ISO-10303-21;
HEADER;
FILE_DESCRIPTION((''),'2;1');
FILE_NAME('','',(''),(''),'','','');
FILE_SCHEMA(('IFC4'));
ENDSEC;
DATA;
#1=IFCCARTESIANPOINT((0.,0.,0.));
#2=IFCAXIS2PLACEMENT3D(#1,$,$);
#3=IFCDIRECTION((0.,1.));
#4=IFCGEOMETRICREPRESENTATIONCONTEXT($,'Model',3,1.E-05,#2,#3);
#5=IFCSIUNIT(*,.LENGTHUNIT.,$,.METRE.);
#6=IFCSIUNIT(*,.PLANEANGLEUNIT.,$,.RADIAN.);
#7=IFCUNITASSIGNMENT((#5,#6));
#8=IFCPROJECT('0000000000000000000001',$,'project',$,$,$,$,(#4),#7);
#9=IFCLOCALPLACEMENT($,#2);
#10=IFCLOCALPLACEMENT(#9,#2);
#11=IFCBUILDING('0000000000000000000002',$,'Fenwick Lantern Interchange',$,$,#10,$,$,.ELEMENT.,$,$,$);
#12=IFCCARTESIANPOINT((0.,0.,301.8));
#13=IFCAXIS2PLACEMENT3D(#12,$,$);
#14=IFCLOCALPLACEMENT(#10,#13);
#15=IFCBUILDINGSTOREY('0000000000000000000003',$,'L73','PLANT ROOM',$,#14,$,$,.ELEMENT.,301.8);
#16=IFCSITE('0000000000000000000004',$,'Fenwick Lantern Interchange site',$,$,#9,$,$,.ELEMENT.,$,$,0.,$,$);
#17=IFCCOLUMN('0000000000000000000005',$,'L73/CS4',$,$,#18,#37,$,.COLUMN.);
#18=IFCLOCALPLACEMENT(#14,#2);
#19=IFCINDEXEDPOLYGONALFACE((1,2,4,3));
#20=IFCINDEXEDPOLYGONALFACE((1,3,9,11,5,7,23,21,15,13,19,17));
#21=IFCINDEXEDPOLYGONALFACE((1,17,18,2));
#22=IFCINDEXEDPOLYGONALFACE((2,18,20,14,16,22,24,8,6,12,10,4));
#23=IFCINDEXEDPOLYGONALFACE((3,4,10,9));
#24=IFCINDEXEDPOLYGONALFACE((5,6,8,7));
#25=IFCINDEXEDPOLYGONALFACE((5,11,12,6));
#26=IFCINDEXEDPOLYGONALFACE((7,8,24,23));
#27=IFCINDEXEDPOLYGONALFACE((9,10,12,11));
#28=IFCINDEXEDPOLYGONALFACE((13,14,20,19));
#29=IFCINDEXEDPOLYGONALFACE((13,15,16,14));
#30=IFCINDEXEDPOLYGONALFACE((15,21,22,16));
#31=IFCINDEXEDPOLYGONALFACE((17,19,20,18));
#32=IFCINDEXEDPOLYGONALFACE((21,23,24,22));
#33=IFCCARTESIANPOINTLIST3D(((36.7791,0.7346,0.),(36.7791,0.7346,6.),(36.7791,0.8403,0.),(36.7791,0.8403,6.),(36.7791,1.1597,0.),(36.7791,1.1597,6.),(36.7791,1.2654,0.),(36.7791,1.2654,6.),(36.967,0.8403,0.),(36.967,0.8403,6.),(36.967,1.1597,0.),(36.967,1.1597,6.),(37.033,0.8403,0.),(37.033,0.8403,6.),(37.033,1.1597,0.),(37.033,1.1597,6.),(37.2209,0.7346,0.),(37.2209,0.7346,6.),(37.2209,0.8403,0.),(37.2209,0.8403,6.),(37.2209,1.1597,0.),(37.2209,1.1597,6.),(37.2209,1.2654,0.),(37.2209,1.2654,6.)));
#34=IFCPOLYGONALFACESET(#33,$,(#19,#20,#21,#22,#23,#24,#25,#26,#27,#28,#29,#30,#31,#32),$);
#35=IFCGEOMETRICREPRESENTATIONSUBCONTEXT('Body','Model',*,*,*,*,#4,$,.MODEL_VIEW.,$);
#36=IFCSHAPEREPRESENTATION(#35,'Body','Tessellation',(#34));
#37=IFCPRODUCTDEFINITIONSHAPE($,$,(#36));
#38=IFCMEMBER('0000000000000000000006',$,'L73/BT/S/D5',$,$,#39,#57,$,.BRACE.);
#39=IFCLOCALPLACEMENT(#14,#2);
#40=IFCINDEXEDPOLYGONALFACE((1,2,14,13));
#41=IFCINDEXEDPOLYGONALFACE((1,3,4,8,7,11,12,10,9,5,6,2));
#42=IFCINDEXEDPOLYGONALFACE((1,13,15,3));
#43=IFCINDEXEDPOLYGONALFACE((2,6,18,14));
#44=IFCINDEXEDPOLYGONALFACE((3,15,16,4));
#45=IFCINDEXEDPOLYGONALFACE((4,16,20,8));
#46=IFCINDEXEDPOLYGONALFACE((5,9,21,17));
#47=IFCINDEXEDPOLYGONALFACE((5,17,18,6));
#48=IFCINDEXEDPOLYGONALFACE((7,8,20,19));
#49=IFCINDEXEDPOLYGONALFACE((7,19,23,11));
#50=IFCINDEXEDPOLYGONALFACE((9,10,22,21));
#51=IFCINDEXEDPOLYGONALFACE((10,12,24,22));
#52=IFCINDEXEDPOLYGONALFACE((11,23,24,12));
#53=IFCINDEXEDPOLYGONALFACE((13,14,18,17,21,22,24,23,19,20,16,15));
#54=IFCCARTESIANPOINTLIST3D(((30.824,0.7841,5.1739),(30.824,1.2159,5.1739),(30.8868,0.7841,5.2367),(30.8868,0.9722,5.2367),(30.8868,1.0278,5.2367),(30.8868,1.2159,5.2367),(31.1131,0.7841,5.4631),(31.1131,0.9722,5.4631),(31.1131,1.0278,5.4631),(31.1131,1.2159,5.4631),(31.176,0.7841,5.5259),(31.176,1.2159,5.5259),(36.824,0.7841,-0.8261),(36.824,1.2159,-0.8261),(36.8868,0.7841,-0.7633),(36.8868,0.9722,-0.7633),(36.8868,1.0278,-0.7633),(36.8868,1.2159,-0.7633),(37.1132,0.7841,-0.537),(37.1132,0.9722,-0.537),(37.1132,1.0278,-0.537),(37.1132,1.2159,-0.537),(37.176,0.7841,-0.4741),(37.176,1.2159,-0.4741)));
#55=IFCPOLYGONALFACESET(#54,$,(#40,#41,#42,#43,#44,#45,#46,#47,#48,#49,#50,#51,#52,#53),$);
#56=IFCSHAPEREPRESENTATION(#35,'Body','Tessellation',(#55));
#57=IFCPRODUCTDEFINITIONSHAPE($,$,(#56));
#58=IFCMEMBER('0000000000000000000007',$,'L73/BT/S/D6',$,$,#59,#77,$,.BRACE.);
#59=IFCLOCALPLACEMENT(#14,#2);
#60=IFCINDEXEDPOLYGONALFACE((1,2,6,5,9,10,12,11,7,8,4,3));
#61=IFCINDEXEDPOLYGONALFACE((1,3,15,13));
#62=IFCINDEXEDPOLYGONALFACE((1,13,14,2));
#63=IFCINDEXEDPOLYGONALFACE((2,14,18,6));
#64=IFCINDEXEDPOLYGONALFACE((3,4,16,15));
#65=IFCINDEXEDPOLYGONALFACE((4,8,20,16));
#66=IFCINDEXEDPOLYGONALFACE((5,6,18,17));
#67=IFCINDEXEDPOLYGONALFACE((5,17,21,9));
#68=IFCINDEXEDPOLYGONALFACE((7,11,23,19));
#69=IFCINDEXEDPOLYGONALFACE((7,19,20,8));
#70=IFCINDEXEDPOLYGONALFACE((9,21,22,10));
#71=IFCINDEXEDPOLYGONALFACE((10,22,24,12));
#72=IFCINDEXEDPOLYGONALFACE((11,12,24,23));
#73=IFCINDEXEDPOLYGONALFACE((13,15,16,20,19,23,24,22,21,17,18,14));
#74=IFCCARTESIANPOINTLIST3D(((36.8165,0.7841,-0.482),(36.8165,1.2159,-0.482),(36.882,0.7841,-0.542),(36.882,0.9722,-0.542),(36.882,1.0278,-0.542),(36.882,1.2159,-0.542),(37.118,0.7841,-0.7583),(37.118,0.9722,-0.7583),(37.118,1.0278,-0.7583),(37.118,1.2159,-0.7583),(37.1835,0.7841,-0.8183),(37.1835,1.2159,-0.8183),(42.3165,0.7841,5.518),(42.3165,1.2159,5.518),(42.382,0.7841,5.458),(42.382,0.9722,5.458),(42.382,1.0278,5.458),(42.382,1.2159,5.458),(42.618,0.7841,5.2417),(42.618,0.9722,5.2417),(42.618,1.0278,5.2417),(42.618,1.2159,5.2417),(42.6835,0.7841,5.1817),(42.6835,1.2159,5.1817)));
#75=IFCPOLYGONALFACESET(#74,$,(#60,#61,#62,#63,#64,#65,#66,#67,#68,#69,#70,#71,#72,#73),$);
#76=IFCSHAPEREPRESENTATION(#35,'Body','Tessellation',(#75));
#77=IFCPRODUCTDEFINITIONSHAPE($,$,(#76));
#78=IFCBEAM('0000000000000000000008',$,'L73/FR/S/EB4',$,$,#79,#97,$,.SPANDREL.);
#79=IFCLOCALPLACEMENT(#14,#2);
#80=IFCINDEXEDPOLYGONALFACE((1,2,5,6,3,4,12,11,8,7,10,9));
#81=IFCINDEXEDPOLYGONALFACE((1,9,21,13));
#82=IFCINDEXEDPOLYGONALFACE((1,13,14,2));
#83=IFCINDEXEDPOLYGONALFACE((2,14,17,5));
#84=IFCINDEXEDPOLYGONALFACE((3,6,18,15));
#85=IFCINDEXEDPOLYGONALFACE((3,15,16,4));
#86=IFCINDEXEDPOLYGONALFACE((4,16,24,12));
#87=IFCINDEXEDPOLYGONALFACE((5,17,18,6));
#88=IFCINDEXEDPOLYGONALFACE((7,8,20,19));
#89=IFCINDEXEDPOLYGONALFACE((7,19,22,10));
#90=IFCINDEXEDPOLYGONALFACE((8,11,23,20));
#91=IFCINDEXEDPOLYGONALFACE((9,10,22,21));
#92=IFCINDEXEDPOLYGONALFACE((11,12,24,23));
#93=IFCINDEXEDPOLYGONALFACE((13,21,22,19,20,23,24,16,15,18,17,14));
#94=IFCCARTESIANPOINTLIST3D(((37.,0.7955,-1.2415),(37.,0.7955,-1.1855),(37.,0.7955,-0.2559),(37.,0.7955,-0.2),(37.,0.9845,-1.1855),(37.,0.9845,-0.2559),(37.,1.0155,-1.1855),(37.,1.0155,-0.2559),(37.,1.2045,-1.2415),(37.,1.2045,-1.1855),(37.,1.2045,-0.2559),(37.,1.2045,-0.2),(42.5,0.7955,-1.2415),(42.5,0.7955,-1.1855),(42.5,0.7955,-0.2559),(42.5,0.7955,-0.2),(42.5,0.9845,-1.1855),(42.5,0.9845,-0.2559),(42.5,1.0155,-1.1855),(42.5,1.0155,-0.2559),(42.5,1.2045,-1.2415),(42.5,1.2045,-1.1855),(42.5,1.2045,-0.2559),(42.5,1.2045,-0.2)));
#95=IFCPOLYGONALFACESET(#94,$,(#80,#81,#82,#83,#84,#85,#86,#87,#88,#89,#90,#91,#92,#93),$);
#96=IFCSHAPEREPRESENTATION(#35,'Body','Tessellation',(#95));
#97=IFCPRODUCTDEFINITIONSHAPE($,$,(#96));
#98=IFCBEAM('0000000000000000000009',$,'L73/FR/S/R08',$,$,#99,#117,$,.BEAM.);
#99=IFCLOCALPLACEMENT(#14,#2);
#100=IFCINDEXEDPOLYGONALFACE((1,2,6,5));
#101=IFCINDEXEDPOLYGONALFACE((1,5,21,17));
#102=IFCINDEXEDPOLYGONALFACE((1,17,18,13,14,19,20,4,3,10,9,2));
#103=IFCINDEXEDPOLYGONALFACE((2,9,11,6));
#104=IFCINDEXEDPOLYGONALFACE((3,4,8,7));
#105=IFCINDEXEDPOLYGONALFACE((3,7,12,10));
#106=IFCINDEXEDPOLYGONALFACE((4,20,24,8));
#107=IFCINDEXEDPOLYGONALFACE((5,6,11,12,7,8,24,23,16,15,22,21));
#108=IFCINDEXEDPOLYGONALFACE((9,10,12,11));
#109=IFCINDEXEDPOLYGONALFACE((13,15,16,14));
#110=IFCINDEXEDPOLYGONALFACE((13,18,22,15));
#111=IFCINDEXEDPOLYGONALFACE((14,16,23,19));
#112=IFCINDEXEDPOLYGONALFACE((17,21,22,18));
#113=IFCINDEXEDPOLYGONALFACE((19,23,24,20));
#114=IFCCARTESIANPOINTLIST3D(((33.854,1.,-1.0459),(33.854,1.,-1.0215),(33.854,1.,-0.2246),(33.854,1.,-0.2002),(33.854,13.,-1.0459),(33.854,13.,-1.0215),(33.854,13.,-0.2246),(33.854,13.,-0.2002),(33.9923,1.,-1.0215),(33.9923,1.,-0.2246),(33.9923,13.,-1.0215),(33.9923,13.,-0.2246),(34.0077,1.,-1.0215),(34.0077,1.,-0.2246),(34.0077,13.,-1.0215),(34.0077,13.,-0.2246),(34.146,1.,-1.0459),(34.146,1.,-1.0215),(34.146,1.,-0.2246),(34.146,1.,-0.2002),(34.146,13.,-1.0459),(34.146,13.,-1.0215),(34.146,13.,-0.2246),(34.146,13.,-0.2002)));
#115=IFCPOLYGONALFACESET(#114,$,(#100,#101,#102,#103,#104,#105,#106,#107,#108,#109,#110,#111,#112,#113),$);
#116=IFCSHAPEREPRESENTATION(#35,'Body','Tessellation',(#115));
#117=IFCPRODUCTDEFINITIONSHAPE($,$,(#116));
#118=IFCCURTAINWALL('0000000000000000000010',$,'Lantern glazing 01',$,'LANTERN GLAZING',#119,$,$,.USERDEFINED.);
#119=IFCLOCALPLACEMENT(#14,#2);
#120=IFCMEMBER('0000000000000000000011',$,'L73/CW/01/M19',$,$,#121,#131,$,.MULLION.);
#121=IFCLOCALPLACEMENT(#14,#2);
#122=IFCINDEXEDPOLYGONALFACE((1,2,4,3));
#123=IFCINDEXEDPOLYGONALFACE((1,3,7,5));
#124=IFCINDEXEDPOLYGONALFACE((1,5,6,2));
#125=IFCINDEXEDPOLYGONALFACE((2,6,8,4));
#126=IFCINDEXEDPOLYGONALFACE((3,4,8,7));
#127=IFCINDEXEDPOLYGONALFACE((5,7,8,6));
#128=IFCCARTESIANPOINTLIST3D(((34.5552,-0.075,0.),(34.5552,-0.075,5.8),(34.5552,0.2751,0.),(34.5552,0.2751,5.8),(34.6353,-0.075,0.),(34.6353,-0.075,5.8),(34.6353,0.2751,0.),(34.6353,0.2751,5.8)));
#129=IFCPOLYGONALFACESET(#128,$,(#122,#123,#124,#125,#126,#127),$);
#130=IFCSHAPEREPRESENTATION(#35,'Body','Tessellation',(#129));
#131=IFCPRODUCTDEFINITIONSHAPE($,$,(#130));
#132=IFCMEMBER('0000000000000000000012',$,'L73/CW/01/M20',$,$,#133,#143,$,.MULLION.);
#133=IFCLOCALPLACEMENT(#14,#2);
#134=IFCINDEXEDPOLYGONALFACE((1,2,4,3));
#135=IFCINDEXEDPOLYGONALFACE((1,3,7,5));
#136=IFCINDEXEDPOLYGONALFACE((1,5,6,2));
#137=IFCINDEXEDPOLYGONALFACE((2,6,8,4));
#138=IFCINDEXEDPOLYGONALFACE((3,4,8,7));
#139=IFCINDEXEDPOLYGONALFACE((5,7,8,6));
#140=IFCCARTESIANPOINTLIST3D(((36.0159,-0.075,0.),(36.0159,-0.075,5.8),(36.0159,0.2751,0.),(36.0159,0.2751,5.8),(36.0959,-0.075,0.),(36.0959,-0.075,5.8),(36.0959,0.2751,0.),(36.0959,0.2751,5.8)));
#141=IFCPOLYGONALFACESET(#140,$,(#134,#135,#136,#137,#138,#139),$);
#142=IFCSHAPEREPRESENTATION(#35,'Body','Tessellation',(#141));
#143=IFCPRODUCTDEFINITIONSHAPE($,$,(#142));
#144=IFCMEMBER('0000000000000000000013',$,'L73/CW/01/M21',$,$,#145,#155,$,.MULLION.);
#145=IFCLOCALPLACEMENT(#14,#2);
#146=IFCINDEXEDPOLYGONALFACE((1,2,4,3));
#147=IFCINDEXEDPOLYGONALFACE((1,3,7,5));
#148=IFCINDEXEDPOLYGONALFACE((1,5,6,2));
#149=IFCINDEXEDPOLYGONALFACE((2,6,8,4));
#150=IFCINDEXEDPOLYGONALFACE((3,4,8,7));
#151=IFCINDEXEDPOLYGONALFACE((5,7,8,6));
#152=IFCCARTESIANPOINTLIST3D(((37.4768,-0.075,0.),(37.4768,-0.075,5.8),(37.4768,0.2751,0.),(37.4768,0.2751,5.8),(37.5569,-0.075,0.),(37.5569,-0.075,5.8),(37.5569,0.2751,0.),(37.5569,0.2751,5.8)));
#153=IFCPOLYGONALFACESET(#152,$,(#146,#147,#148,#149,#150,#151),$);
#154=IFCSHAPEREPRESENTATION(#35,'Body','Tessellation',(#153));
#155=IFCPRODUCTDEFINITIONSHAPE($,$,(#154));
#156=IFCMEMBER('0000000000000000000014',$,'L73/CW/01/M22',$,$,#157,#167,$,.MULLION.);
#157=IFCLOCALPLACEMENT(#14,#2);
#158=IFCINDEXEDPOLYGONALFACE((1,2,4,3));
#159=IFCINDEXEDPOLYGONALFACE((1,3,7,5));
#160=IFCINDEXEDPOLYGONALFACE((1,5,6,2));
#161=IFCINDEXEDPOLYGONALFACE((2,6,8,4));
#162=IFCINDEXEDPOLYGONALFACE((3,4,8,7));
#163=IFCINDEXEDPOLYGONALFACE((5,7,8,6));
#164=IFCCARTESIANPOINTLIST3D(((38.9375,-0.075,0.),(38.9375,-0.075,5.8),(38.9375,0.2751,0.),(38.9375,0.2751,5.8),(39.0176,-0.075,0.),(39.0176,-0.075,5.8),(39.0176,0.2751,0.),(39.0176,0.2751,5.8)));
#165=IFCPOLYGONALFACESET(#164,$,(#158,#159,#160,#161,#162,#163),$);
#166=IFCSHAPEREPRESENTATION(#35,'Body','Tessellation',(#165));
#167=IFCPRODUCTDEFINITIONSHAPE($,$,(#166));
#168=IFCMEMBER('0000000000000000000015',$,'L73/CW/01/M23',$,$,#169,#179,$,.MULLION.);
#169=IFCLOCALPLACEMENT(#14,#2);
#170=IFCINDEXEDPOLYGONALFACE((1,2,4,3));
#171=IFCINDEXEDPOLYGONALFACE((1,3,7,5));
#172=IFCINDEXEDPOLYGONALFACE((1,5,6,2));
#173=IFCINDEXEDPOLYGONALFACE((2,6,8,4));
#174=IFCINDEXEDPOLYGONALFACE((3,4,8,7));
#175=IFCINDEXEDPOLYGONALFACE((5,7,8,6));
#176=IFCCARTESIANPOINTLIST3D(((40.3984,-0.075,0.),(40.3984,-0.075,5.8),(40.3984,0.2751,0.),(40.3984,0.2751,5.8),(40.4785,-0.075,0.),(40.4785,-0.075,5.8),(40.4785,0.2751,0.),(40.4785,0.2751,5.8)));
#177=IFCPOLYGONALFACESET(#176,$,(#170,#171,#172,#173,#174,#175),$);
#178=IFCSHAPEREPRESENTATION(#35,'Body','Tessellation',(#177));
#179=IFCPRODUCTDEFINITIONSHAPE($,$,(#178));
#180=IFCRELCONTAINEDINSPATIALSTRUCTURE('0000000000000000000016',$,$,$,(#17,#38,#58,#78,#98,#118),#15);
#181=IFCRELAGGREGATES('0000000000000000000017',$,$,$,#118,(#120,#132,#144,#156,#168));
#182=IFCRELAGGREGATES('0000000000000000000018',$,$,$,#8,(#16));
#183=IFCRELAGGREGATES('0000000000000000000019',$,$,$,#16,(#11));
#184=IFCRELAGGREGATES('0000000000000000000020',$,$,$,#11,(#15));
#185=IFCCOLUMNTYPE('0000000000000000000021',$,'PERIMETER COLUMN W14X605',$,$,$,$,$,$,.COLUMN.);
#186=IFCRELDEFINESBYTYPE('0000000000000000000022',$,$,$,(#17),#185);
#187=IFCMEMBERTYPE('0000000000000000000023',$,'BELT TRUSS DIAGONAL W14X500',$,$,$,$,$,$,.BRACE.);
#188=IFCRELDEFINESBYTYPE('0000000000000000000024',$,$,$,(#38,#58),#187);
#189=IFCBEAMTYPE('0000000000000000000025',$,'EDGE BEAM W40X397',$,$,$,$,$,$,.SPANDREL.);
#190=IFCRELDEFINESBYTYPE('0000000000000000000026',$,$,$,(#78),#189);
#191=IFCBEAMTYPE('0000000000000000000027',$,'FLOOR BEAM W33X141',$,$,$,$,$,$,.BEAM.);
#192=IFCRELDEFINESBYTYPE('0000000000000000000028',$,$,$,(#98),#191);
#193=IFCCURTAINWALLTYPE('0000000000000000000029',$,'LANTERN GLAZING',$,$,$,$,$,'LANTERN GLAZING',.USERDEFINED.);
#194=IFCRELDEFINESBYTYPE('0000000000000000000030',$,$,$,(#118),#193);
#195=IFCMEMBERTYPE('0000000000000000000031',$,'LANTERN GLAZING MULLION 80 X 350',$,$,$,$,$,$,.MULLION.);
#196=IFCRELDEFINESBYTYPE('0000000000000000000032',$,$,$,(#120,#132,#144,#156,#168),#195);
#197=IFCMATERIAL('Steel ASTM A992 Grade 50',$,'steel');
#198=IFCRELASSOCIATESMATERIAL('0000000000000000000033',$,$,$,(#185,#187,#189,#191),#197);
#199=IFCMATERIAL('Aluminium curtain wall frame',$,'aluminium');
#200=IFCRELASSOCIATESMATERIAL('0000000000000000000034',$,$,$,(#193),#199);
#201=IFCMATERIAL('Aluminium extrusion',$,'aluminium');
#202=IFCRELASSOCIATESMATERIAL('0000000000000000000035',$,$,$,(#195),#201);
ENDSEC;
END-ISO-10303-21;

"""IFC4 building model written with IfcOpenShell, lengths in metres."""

from ifc_helpers import new_model, si_unit, direction, frame, origin, origin_2d, place, context, subcontext, project, spatial, rectangle, i_section, extrude, material, material_profile, profile_set, type_object, element, aggregate, save


model = new_model("IFC4")

# Units and contexts
model_context = context("Model", 3, precision=1e-05, world=origin(), true_north=direction((0.0, 1.0)))
body_context = subcontext(model_context, "Body", "Model", "MODEL_VIEW")
ifc_project = project(units=[si_unit("LENGTHUNIT", "METRE"), si_unit("PLANEANGLEUNIT", "RADIAN")], contexts=[model_context])

# Site, building, storey
site_placement = place(None, origin())
site = spatial("IfcSite", under=ifc_project, at=site_placement, Name="Fenwick Lantern Interchange site", CompositionType="ELEMENT", RefElevation=0.0)
building_placement = place(site_placement, origin())
building = spatial("IfcBuilding", under=site, at=building_placement, Name="Fenwick Lantern Interchange", CompositionType="ELEMENT")
storey_placement = place(building_placement, frame((0.0, 0.0, 301.8)))
storey = spatial("IfcBuildingStorey", under=building, at=storey_placement, Name="L73", Description="PLANT ROOM", CompositionType="ELEMENT", Elevation=301.8)

# Column
ifc_material_1 = material(Name="Steel ASTM A992 Grade 50", Category="steel")
ifc_material_profile_1 = material_profile(ifc_material_1, i_section(OverallWidth=0.4419, OverallDepth=0.5308, WebThickness=0.0659, FlangeThickness=0.1057, at=origin_2d()), Name="W14X605")
ifc_profile_set_1 = profile_set([ifc_material_profile_1], Name="Steel ASTM A992 Grade 50")
column_type = type_object("IfcColumnType", Name="PERIMETER COLUMN W14X605", PredefinedType="COLUMN", material=ifc_profile_set_1)
column_placement = place(storey_placement, frame((37.0, 1.0, 0.0), z_axis=(0.0, 0.0, 1.0), x_axis=(1.0, 0.0, 0.0)))
element("IfcColumn", 1, at=column_placement, inside=storey, type_object=column_type, Name="L73/CS4", PredefinedType="COLUMN", context=body_context, shape_type="SweptSolid", body=[
    extrude(i_section(OverallWidth=0.4419, OverallDepth=0.5308, WebThickness=0.0659, FlangeThickness=0.1057, at=origin_2d()), origin(), (0.0, 0.0, 1.0), 6.0),
])

# Members
ifc_material_profile_2 = material_profile(ifc_material_1, i_section(OverallWidth=0.4319, OverallDepth=0.4978, WebThickness=0.0557, FlangeThickness=0.0889, at=origin_2d()), Name="W14X500")
ifc_profile_set_2 = profile_set([ifc_material_profile_2], Name="Steel ASTM A992 Grade 50")
member_type_1 = type_object("IfcMemberType", Name="BELT TRUSS DIAGONAL W14X500", PredefinedType="BRACE", material=ifc_profile_set_2)
member_1_placement = place(storey_placement, frame((37.0, 1.0, -0.6501), z_axis=(-0.707107, 0.0, 0.707107), x_axis=(0.0, -1.0, 0.0)))
element("IfcMember", 2, at=member_1_placement, inside=storey, type_object=member_type_1, Name="L73/BT/S/D5", PredefinedType="BRACE", context=body_context, shape_type="SweptSolid", body=[
    extrude(i_section(OverallWidth=0.4319, OverallDepth=0.4978, WebThickness=0.0557, FlangeThickness=0.0889, at=origin_2d()), origin(), (0.0, 0.0, 1.0), 8.4854),
])
member_2_placement = place(storey_placement, frame((37.0, 1.0, -0.6501), z_axis=(0.675725, 0.0, 0.737154), x_axis=(0.0, 1.0, 0.0)))
element("IfcMember", 3, at=member_2_placement, inside=storey, type_object=member_type_1, Name="L73/BT/S/D6", PredefinedType="BRACE", context=body_context, shape_type="SweptSolid", body=[
    extrude(i_section(OverallWidth=0.4319, OverallDepth=0.4978, WebThickness=0.0557, FlangeThickness=0.0889, at=origin_2d()), origin(), (0.0, 0.0, 1.0), 8.1394),
])

# Beams
ifc_material_profile_3 = material_profile(ifc_material_1, i_section(OverallWidth=0.4089, OverallDepth=1.0415, WebThickness=0.031, FlangeThickness=0.0559, at=origin_2d()), Name="W40X397")
ifc_profile_set_3 = profile_set([ifc_material_profile_3], Name="Steel ASTM A992 Grade 50")
beam_type_1 = type_object("IfcBeamType", Name="EDGE BEAM W40X397", PredefinedType="SPANDREL", material=ifc_profile_set_3)
beam_1_placement = place(storey_placement, frame((37.0, 1.0, -0.7207), z_axis=(1.0, 0.0, 0.0), x_axis=(0.0, 1.0, 0.0)))
element("IfcBeam", 4, at=beam_1_placement, inside=storey, type_object=beam_type_1, Name="L73/FR/S/EB4", PredefinedType="SPANDREL", context=body_context, shape_type="SweptSolid", body=[
    extrude(i_section(OverallWidth=0.4089, OverallDepth=1.0415, WebThickness=0.031, FlangeThickness=0.0559, at=origin_2d()), origin(), (0.0, 0.0, 1.0), 5.5),
])
ifc_material_profile_4 = material_profile(ifc_material_1, i_section(OverallWidth=0.292, OverallDepth=0.8457, WebThickness=0.0154, FlangeThickness=0.0244, at=origin_2d()), Name="W33X141")
ifc_profile_set_4 = profile_set([ifc_material_profile_4], Name="Steel ASTM A992 Grade 50")
beam_type_2 = type_object("IfcBeamType", Name="FLOOR BEAM W33X141", PredefinedType="BEAM", material=ifc_profile_set_4)
beam_2_placement = place(storey_placement, frame((34.0, 1.0, -0.623), z_axis=(0.0, 1.0, 0.0), x_axis=(-1.0, 0.0, 0.0)))
element("IfcBeam", 5, at=beam_2_placement, inside=storey, type_object=beam_type_2, Name="L73/FR/S/R08", PredefinedType="BEAM", context=body_context, shape_type="SweptSolid", body=[
    extrude(i_section(OverallWidth=0.292, OverallDepth=0.8457, WebThickness=0.0154, FlangeThickness=0.0244, at=origin_2d()), origin(), (0.0, 0.0, 1.0), 12.0),
])

# Curtain wall, members
ifc_material_2 = material(Name="Aluminium curtain wall frame", Category="aluminium")
curtain_wall_type = type_object("IfcCurtainWallType", Name="LANTERN GLAZING", ElementType="LANTERN GLAZING", PredefinedType="USERDEFINED", material=ifc_material_2)
curtain_wall_1_placement = place(storey_placement, origin())
curtain_wall_1 = element("IfcCurtainWall", 6, at=curtain_wall_1_placement, inside=storey, type_object=curtain_wall_type, Name="Lantern glazing 01", ObjectType="LANTERN GLAZING", PredefinedType="USERDEFINED")
ifc_material_3 = material(Name="Aluminium extrusion", Category="aluminium")
ifc_material_profile_5 = material_profile(ifc_material_3, rectangle(XDim=0.3501, YDim=0.0801, at=origin_2d()), Name="LANTERN GLAZING MULLION 80 X 350")
ifc_profile_set_5 = profile_set([ifc_material_profile_5], Name="Aluminium extrusion")
member_type_2 = type_object("IfcMemberType", Name="LANTERN GLAZING MULLION 80 X 350", PredefinedType="MULLION", material=ifc_profile_set_5)
member_3_placement = place(storey_placement, frame((34.5952, 0.1001, 0.0), z_axis=(0.0, 0.0, 1.0), x_axis=(0.0, 1.0, 0.0)))
member_3 = element("IfcMember", 7, at=member_3_placement, type_object=member_type_2, Name="L73/CW/01/M19", PredefinedType="MULLION", context=body_context, shape_type="SweptSolid", body=[
    extrude(rectangle(XDim=0.3501, YDim=0.0801, at=origin_2d()), origin(), (0.0, 0.0, 1.0), 5.8),
])
member_4_placement = place(storey_placement, frame((36.0559, 0.1001, 0.0), z_axis=(0.0, 0.0, 1.0), x_axis=(0.0, 1.0, 0.0)))
member_4 = element("IfcMember", 8, at=member_4_placement, type_object=member_type_2, Name="L73/CW/01/M20", PredefinedType="MULLION", context=body_context, shape_type="SweptSolid", body=[
    extrude(rectangle(XDim=0.3501, YDim=0.0801, at=origin_2d()), origin(), (0.0, 0.0, 1.0), 5.8),
])
member_5_placement = place(storey_placement, frame((37.5168, 0.1001, 0.0), z_axis=(0.0, 0.0, 1.0), x_axis=(0.0, 1.0, 0.0)))
member_5 = element("IfcMember", 9, at=member_5_placement, type_object=member_type_2, Name="L73/CW/01/M21", PredefinedType="MULLION", context=body_context, shape_type="SweptSolid", body=[
    extrude(rectangle(XDim=0.3501, YDim=0.0801, at=origin_2d()), origin(), (0.0, 0.0, 1.0), 5.8),
])
member_6_placement = place(storey_placement, frame((38.9775, 0.1001, 0.0), z_axis=(0.0, 0.0, 1.0), x_axis=(0.0, 1.0, 0.0)))
member_6 = element("IfcMember", 10, at=member_6_placement, type_object=member_type_2, Name="L73/CW/01/M22", PredefinedType="MULLION", context=body_context, shape_type="SweptSolid", body=[
    extrude(rectangle(XDim=0.3501, YDim=0.0801, at=origin_2d()), origin(), (0.0, 0.0, 1.0), 5.8),
])
member_7_placement = place(storey_placement, frame((40.4385, 0.1001, 0.0), z_axis=(0.0, 0.0, 1.0), x_axis=(0.0, 1.0, 0.0)))
member_7 = element("IfcMember", 11, at=member_7_placement, type_object=member_type_2, Name="L73/CW/01/M23", PredefinedType="MULLION", context=body_context, shape_type="SweptSolid", body=[
    extrude(rectangle(XDim=0.3501, YDim=0.0801, at=origin_2d()), origin(), (0.0, 0.0, 1.0), 5.8),
])

aggregate(curtain_wall_1, [member_3, member_4, member_5, member_6, member_7])

save(model, "model.ifc")
